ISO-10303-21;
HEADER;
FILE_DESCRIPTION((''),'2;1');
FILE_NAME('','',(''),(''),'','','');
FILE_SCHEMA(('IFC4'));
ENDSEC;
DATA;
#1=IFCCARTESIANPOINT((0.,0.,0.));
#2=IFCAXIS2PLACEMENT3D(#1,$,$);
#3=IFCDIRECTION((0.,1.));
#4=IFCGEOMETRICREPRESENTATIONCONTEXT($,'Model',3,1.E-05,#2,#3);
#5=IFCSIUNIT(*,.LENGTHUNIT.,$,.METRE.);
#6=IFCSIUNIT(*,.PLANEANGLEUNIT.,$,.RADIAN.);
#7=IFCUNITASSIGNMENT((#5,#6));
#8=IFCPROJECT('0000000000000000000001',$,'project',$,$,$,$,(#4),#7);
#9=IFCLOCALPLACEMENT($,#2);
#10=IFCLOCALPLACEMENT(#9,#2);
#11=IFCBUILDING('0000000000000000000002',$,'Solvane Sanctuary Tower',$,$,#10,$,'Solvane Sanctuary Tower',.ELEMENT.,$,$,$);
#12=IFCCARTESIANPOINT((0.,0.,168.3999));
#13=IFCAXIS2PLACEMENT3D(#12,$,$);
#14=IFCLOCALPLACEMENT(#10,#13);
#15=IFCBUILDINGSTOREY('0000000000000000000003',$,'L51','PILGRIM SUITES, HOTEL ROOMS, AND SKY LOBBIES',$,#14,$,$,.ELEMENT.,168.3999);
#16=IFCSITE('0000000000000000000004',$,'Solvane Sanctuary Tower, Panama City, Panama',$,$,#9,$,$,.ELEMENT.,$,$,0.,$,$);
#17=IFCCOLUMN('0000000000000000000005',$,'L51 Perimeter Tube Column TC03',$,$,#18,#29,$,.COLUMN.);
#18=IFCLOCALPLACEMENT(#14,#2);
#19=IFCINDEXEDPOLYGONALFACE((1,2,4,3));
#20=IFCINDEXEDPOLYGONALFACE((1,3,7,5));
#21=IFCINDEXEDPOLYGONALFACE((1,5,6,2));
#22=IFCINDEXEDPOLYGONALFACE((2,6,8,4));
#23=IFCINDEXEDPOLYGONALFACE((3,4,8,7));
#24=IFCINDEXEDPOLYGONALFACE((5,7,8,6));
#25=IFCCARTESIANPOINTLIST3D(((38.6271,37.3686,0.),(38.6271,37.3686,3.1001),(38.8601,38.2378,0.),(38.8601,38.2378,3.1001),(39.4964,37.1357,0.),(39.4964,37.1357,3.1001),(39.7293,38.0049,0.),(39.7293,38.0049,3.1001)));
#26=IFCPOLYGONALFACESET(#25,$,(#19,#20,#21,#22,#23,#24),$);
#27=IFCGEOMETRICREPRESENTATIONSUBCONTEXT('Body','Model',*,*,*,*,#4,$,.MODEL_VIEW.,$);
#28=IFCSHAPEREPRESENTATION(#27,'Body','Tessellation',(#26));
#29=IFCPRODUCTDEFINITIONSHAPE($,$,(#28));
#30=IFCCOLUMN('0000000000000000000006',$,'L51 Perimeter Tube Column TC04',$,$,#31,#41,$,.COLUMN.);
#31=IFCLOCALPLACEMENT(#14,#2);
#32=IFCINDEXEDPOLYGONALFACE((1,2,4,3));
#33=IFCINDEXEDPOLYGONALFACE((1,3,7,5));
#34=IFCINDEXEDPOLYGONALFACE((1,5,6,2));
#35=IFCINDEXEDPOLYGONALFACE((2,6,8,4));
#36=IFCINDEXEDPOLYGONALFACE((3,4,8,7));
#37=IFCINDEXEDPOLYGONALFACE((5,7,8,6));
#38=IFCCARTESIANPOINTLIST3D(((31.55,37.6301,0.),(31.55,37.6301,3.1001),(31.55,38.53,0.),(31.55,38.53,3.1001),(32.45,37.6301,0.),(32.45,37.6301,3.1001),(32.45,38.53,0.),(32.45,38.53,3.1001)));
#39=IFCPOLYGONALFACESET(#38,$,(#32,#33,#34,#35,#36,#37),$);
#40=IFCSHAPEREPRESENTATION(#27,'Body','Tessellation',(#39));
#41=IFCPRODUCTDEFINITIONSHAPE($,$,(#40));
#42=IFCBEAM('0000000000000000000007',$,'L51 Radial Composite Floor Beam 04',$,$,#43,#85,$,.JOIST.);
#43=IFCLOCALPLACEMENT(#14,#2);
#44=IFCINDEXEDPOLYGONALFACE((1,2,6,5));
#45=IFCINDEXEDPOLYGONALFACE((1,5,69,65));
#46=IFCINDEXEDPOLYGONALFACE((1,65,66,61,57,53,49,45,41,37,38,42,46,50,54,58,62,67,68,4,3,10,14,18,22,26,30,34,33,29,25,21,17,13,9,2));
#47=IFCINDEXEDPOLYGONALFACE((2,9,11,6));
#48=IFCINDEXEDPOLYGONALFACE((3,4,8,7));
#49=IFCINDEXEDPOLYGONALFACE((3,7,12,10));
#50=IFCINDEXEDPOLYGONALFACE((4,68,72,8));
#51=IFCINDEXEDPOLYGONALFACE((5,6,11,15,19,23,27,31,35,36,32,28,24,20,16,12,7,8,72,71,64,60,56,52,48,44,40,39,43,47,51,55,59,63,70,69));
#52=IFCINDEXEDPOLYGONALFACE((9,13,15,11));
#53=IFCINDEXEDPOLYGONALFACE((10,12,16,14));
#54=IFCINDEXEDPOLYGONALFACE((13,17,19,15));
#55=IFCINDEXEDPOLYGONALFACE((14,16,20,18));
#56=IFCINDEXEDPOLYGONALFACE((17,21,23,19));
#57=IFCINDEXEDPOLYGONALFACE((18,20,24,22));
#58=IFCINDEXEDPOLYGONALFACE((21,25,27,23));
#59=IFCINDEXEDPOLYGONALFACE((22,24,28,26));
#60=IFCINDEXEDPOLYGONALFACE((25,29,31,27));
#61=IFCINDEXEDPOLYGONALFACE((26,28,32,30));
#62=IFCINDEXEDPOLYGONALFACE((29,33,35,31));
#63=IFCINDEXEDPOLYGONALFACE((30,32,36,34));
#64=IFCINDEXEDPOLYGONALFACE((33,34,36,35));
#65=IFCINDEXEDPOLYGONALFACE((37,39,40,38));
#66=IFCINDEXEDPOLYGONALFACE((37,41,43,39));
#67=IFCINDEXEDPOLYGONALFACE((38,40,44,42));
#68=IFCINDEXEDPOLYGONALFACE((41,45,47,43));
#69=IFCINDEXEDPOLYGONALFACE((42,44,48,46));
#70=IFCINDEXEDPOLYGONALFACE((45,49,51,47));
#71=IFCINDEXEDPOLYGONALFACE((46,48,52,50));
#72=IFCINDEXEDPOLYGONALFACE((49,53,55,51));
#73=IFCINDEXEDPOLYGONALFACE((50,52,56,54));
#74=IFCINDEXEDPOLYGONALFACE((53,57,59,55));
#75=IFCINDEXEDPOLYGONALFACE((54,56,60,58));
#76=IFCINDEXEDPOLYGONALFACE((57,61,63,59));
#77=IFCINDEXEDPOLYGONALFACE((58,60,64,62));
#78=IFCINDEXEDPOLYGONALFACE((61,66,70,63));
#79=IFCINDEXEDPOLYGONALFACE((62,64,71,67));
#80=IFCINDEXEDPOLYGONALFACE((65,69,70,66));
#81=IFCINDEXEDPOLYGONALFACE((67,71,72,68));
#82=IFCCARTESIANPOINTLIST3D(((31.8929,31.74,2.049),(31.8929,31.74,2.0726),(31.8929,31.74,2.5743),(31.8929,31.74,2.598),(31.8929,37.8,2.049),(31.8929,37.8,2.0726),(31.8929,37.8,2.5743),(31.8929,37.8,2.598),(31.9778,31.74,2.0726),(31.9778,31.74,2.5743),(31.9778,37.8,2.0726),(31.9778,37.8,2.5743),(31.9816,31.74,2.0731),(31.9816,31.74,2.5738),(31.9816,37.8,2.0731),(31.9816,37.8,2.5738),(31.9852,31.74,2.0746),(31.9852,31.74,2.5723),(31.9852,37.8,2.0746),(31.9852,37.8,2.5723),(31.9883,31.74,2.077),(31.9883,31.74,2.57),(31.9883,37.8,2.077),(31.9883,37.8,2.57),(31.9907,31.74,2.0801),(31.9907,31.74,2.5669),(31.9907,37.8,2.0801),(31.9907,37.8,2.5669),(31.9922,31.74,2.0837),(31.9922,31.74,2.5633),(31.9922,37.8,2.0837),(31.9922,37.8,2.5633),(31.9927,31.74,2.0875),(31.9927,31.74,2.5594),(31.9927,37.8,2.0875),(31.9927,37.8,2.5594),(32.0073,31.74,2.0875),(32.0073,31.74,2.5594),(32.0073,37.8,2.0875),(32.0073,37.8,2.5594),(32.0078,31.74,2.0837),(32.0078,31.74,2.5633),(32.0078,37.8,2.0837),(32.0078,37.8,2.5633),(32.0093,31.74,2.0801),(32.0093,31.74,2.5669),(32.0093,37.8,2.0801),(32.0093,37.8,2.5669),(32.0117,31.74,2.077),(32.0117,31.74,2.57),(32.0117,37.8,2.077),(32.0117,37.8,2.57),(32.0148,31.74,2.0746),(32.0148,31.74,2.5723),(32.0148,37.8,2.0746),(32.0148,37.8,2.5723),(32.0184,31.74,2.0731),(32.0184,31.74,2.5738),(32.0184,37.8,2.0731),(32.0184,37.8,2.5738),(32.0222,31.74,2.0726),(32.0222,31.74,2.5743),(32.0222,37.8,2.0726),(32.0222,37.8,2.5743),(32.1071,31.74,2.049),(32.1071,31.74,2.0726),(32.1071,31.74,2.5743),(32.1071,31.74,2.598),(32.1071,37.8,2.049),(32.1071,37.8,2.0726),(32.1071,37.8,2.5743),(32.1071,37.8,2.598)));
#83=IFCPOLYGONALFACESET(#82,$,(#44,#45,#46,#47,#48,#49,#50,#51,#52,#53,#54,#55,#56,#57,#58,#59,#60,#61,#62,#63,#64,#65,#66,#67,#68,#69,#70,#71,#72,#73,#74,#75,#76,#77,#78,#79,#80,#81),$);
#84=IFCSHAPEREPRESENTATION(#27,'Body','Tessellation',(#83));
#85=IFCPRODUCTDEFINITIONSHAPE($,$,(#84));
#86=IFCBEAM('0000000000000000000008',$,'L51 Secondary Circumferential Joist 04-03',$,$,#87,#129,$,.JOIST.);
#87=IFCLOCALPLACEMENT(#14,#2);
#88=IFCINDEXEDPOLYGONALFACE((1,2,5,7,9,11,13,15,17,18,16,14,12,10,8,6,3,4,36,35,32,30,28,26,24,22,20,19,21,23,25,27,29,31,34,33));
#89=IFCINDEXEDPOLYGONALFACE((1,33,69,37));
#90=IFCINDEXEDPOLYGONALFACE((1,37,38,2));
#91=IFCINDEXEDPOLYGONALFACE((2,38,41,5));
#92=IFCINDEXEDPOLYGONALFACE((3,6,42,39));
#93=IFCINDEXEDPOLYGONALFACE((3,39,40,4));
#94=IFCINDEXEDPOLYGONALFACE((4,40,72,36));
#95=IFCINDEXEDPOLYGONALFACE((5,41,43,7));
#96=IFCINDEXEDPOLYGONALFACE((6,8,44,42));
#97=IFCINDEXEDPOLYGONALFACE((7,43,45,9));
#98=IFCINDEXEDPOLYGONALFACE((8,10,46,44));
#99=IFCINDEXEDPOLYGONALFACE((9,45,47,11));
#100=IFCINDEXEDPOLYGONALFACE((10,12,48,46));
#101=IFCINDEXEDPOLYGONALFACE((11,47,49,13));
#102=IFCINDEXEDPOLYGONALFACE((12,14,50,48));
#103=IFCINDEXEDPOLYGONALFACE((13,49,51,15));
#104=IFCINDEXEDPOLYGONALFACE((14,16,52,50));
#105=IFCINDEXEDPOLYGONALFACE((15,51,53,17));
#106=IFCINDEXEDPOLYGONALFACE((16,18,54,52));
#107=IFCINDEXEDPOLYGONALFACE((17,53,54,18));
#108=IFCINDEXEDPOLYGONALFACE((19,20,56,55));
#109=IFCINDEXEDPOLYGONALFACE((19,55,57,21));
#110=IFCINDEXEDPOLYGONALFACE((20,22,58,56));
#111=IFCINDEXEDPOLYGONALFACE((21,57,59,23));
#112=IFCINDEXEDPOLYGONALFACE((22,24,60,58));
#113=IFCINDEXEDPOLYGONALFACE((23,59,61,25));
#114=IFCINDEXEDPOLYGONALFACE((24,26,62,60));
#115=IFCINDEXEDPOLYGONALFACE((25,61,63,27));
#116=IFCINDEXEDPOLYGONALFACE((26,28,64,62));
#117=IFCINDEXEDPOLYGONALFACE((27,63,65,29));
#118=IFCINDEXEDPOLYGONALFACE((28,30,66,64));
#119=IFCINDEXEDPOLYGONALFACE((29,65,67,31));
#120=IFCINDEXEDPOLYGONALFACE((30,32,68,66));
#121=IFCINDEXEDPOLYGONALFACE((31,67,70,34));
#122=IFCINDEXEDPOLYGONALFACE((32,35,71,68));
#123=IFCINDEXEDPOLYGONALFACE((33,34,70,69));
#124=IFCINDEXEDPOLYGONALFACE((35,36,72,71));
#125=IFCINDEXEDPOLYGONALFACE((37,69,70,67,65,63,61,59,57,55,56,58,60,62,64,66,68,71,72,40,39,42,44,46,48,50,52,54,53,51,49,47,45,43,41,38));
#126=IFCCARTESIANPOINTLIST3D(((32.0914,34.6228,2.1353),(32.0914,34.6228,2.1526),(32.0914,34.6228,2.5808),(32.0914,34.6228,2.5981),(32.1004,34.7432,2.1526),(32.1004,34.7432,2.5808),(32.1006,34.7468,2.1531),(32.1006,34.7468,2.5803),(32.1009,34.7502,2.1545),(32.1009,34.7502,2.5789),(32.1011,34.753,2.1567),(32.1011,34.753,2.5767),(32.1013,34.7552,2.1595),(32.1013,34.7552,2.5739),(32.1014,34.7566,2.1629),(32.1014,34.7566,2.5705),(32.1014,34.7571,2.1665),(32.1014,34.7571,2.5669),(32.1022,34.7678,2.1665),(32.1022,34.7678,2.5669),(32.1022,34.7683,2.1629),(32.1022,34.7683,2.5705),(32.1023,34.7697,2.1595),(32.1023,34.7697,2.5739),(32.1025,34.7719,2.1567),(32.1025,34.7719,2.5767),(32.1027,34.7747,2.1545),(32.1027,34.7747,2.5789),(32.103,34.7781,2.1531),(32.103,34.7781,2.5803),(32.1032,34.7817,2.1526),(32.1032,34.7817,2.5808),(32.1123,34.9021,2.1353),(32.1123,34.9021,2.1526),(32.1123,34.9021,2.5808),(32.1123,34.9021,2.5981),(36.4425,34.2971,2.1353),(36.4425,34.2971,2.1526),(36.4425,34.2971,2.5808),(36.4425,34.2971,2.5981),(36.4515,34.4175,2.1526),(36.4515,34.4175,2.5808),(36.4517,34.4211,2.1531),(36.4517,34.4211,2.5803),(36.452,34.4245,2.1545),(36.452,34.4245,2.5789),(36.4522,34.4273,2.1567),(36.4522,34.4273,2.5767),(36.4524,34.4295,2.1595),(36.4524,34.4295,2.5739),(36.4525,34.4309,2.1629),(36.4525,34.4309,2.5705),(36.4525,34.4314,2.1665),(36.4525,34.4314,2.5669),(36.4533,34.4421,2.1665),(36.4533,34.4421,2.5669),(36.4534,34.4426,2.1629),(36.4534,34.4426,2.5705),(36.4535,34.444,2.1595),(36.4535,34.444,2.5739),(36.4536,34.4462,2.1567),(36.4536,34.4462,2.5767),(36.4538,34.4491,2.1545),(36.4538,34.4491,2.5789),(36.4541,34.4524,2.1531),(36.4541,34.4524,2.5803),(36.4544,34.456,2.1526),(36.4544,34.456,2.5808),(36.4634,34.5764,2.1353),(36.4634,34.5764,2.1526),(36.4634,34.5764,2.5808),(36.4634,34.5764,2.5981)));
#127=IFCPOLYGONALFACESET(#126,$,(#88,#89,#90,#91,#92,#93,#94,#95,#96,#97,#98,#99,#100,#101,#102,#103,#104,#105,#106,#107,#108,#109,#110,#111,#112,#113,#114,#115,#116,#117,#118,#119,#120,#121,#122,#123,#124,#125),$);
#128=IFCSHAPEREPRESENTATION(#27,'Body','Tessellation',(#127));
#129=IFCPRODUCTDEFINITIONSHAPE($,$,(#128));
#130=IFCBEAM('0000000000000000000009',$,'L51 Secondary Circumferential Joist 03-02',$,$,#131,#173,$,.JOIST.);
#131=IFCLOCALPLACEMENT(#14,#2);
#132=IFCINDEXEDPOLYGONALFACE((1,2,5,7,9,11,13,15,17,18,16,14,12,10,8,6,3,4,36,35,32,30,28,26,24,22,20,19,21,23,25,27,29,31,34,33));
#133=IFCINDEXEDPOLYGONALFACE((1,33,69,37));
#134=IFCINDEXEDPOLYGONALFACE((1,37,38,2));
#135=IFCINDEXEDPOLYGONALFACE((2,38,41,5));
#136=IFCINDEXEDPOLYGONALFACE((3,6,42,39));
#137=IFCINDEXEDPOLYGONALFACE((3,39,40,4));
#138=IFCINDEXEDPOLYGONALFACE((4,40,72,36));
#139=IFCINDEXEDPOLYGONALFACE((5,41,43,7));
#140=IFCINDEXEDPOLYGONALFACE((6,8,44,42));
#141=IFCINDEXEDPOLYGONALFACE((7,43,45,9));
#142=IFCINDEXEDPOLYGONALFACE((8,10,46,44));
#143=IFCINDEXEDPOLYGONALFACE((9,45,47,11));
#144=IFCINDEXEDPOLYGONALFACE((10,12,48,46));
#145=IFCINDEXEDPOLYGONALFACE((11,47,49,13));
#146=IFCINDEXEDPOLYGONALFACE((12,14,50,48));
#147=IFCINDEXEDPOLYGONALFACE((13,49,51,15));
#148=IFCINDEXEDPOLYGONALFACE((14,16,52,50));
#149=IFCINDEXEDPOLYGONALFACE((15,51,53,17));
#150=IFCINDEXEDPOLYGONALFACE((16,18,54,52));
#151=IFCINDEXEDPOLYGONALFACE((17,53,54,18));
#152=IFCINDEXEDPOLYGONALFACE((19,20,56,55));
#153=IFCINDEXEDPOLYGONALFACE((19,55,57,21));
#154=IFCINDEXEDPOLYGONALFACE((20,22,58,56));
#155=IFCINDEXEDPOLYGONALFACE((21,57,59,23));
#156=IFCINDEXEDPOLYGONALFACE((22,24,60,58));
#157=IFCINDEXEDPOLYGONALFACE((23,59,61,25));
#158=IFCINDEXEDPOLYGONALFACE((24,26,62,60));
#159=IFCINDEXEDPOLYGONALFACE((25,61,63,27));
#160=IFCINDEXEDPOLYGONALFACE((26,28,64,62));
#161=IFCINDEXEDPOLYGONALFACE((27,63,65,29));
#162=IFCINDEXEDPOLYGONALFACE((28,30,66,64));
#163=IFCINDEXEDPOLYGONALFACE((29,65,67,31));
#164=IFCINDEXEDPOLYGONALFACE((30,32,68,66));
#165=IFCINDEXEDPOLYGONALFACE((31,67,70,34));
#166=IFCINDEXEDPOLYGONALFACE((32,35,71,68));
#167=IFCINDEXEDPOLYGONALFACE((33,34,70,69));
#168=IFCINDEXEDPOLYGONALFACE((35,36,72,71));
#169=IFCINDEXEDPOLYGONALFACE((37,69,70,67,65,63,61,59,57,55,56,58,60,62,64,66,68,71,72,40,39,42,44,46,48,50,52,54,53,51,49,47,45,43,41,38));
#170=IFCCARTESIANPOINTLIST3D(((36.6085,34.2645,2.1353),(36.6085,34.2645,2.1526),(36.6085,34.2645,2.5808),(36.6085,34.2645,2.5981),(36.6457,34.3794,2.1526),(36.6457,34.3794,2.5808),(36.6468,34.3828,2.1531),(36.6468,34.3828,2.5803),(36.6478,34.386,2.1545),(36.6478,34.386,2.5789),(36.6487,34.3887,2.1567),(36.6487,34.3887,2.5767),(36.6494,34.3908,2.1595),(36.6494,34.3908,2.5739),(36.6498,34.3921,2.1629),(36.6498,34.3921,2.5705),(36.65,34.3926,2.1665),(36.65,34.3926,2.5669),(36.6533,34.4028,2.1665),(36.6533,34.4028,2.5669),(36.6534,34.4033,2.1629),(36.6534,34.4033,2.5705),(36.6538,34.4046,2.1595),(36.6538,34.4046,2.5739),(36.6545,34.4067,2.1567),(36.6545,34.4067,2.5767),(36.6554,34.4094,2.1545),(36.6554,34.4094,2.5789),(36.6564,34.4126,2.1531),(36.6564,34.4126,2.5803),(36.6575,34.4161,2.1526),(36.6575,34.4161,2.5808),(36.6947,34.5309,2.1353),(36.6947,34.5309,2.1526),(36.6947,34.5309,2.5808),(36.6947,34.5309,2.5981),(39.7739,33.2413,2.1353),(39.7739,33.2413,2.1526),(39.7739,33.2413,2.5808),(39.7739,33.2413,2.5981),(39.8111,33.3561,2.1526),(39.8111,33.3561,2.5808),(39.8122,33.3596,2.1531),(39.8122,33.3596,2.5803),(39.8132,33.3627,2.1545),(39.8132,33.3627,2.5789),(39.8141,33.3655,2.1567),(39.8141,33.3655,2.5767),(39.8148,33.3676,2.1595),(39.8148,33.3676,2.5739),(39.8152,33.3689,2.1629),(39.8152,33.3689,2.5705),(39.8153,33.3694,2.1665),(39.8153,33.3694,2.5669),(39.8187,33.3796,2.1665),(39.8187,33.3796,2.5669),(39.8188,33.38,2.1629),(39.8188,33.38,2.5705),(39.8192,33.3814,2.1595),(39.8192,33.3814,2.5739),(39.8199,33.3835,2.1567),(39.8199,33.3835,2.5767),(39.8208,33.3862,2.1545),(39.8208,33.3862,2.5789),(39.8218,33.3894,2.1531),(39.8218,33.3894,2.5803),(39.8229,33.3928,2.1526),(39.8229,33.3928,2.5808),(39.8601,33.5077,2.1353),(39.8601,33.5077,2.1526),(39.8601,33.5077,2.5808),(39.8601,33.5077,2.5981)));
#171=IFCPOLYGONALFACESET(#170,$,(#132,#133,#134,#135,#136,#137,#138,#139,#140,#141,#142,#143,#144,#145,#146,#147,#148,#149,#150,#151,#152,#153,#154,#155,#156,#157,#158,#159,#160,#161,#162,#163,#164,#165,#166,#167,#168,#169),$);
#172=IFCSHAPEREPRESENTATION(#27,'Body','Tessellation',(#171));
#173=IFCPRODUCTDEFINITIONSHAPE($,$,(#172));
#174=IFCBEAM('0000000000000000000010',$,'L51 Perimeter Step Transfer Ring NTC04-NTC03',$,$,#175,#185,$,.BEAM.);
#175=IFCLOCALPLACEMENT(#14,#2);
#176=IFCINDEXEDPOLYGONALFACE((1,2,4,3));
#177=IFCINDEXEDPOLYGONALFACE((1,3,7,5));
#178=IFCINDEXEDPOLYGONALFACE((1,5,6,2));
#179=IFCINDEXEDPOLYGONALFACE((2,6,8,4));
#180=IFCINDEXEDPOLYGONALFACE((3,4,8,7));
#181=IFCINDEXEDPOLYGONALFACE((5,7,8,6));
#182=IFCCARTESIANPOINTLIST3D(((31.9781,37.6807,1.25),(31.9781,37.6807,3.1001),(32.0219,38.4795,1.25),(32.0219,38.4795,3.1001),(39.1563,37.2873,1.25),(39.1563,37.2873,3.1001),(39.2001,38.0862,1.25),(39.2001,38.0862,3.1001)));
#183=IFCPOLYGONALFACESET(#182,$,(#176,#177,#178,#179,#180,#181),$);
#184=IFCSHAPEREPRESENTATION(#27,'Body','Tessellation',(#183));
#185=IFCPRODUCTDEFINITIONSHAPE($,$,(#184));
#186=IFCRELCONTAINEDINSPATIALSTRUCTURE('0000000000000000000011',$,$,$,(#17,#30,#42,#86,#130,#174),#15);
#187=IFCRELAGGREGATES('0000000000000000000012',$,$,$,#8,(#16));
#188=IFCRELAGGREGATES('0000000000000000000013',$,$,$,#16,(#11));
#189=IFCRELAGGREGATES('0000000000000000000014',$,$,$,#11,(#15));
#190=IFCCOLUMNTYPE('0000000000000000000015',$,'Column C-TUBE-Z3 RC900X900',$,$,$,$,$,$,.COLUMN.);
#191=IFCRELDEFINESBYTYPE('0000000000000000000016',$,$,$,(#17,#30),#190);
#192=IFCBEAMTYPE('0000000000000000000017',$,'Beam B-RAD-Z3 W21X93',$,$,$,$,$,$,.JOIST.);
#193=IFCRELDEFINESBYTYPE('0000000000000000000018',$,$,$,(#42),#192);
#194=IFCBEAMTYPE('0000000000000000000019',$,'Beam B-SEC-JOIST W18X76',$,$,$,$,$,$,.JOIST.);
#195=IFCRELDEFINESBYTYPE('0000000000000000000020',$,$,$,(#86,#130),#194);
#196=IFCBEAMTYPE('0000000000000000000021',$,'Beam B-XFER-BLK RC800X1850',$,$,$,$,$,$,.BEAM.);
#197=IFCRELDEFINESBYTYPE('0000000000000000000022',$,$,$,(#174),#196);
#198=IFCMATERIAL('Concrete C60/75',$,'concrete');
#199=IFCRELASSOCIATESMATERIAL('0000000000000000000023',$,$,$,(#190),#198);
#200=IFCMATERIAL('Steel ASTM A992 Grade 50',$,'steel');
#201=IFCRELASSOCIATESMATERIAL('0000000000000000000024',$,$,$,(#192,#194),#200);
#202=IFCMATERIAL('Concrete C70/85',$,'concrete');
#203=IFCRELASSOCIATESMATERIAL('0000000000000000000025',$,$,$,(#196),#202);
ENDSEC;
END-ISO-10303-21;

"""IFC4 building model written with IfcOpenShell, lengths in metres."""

from ifc_helpers import new_model, si_unit, direction, frame, origin, origin_2d, place, context, subcontext, project, spatial, rectangle, i_section, extrude, material, material_profile, profile_set, type_object, element, save


model = new_model("IFC4")

# Units and contexts
model_context = context("Model", 3, precision=1e-05, world=origin(), true_north=direction((0.0, 1.0)))
body_context = subcontext(model_context, "Body", "Model", "MODEL_VIEW")
ifc_project = project(units=[si_unit("LENGTHUNIT", "METRE"), si_unit("PLANEANGLEUNIT", "RADIAN")], contexts=[model_context])

# Site, building, storey
site_placement = place(None, origin())
site = spatial("IfcSite", under=ifc_project, at=site_placement, Name="Solvane Sanctuary Tower, Panama City, Panama", CompositionType="ELEMENT", RefElevation=0.0)
building_placement = place(site_placement, origin())
building = spatial("IfcBuilding", under=site, at=building_placement, Name="Solvane Sanctuary Tower", LongName="Solvane Sanctuary Tower", CompositionType="ELEMENT")
storey_placement = place(building_placement, frame((0.0, 0.0, 168.3999)))
storey = spatial("IfcBuildingStorey", under=building, at=storey_placement, Name="L51", Description="PILGRIM SUITES, HOTEL ROOMS, AND SKY LOBBIES", CompositionType="ELEMENT", Elevation=168.3999)

# Columns
ifc_material_1 = material(Name="Concrete C60/75", Category="concrete")
ifc_material_profile_1 = material_profile(ifc_material_1, rectangle(XDim=0.8999, YDim=0.8999, at=origin_2d()), Name="RC900X900")
ifc_profile_set_1 = profile_set([ifc_material_profile_1], Name="Concrete C60/75")
column_type = type_object("IfcColumnType", Name="Column C-TUBE-Z3 RC900X900", PredefinedType="COLUMN", material=ifc_profile_set_1)
for number, where, z_axis, x_axis, name in (
    (1, (39.1782, 37.6868, 0.0), (0.0, 0.0, 1.0), (0.258819, 0.965926, 0.0), "L51 Perimeter Tube Column TC03"),
    (2, (32.0, 38.0801, 0.0), (0.0, 0.0, 1.0), (0.0, 1.0, 0.0), "L51 Perimeter Tube Column TC04"),
):
    element("IfcColumn", number, at=place(storey_placement, frame(where, z_axis=z_axis, x_axis=x_axis)), inside=storey, type_object=column_type, Name=name, PredefinedType="COLUMN", context=body_context, shape_type="SweptSolid", body=[
        extrude(rectangle(XDim=0.8999, YDim=0.8999, at=origin_2d()), origin(), (0.0, 0.0, 1.0), 3.1001),
    ])

# Beams
ifc_material_2 = material(Name="Steel ASTM A992 Grade 50", Category="steel")
ifc_material_profile_2 = material_profile(ifc_material_2, i_section(OverallWidth=0.2141, OverallDepth=0.5491, WebThickness=0.0146, FlangeThickness=0.0237, FilletRadius=0.0149, at=origin_2d()), Name="W21X93")
ifc_profile_set_2 = profile_set([ifc_material_profile_2], Name="Steel ASTM A992 Grade 50")
beam_type_1 = type_object("IfcBeamType", Name="Beam B-RAD-Z3 W21X93", PredefinedType="JOIST", material=ifc_profile_set_2)
beam_1_placement = place(storey_placement, frame((32.0, 31.74, 2.3235), z_axis=(0.0, 1.0, 0.0), x_axis=(-1.0, 0.0, 0.0)))
element("IfcBeam", 3, at=beam_1_placement, inside=storey, type_object=beam_type_1, Name="L51 Radial Composite Floor Beam 04", PredefinedType="JOIST", context=body_context, shape_type="SweptSolid", body=[
    extrude(i_section(OverallWidth=0.2141, OverallDepth=0.5491, WebThickness=0.0146, FlangeThickness=0.0237, FilletRadius=0.0149, at=origin_2d()), origin(), (0.0, 0.0, 1.0), 6.0601),
])
ifc_material_profile_3 = material_profile(ifc_material_2, i_section(OverallWidth=0.28, OverallDepth=0.4629, WebThickness=0.0107, FlangeThickness=0.0173, FilletRadius=0.0139, at=origin_2d()), Name="W18X76")
ifc_profile_set_3 = profile_set([ifc_material_profile_3], Name="Steel ASTM A992 Grade 50")
beam_type_2 = type_object("IfcBeamType", Name="Beam B-SEC-JOIST W18X76", PredefinedType="JOIST", material=ifc_profile_set_3)
beam_2_placement = place(storey_placement, frame((32.1018, 34.7625, 2.3667), z_axis=(0.99721, -0.074642, 0.0), x_axis=(0.074642, 0.99721, 0.0)))
element("IfcBeam", 4, at=beam_2_placement, inside=storey, type_object=beam_type_2, Name="L51 Secondary Circumferential Joist 04-03", PredefinedType="JOIST", context=body_context, shape_type="SweptSolid", body=[
    extrude(i_section(OverallWidth=0.28, OverallDepth=0.4629, WebThickness=0.0107, FlangeThickness=0.0173, FilletRadius=0.0139, at=origin_2d()), origin(), (0.0, 0.0, 1.0), 4.3633),
])
beam_3_placement = place(storey_placement, frame((36.6516, 34.3977, 2.3667), z_axis=(0.951521, -0.307584, 0.0), x_axis=(0.307584, 0.951521, 0.0)))
element("IfcBeam", 5, at=beam_3_placement, inside=storey, type_object=beam_type_2, Name="L51 Secondary Circumferential Joist 03-02", PredefinedType="JOIST", context=body_context, shape_type="SweptSolid", body=[
    extrude(i_section(OverallWidth=0.28, OverallDepth=0.4629, WebThickness=0.0107, FlangeThickness=0.0173, FilletRadius=0.0139, at=origin_2d()), origin(), (0.0, 0.0, 1.0), 3.3267),
])
ifc_material_3 = material(Name="Concrete C70/85", Category="concrete")
ifc_material_profile_4 = material_profile(ifc_material_3, rectangle(XDim=0.8, YDim=1.8501, at=origin_2d()), Name="RC800X1850")
ifc_profile_set_4 = profile_set([ifc_material_profile_4], Name="Concrete C70/85")
beam_type_3 = type_object("IfcBeamType", Name="Beam B-XFER-BLK RC800X1850", PredefinedType="BEAM", material=ifc_profile_set_4)
beam_4_placement = place(storey_placement, frame((32.0, 38.0801, 2.175), z_axis=(0.998502, -0.05471, 0.0), x_axis=(0.05471, 0.998502, 0.0)))
element("IfcBeam", 6, at=beam_4_placement, inside=storey, type_object=beam_type_3, Name="L51 Perimeter Step Transfer Ring NTC04-NTC03", PredefinedType="BEAM", context=body_context, shape_type="SweptSolid", body=[
    extrude(rectangle(XDim=0.8, YDim=1.8501, at=origin_2d()), origin(), (0.0, 0.0, 1.0), 7.189),
])

save(model, "model.ifc")
